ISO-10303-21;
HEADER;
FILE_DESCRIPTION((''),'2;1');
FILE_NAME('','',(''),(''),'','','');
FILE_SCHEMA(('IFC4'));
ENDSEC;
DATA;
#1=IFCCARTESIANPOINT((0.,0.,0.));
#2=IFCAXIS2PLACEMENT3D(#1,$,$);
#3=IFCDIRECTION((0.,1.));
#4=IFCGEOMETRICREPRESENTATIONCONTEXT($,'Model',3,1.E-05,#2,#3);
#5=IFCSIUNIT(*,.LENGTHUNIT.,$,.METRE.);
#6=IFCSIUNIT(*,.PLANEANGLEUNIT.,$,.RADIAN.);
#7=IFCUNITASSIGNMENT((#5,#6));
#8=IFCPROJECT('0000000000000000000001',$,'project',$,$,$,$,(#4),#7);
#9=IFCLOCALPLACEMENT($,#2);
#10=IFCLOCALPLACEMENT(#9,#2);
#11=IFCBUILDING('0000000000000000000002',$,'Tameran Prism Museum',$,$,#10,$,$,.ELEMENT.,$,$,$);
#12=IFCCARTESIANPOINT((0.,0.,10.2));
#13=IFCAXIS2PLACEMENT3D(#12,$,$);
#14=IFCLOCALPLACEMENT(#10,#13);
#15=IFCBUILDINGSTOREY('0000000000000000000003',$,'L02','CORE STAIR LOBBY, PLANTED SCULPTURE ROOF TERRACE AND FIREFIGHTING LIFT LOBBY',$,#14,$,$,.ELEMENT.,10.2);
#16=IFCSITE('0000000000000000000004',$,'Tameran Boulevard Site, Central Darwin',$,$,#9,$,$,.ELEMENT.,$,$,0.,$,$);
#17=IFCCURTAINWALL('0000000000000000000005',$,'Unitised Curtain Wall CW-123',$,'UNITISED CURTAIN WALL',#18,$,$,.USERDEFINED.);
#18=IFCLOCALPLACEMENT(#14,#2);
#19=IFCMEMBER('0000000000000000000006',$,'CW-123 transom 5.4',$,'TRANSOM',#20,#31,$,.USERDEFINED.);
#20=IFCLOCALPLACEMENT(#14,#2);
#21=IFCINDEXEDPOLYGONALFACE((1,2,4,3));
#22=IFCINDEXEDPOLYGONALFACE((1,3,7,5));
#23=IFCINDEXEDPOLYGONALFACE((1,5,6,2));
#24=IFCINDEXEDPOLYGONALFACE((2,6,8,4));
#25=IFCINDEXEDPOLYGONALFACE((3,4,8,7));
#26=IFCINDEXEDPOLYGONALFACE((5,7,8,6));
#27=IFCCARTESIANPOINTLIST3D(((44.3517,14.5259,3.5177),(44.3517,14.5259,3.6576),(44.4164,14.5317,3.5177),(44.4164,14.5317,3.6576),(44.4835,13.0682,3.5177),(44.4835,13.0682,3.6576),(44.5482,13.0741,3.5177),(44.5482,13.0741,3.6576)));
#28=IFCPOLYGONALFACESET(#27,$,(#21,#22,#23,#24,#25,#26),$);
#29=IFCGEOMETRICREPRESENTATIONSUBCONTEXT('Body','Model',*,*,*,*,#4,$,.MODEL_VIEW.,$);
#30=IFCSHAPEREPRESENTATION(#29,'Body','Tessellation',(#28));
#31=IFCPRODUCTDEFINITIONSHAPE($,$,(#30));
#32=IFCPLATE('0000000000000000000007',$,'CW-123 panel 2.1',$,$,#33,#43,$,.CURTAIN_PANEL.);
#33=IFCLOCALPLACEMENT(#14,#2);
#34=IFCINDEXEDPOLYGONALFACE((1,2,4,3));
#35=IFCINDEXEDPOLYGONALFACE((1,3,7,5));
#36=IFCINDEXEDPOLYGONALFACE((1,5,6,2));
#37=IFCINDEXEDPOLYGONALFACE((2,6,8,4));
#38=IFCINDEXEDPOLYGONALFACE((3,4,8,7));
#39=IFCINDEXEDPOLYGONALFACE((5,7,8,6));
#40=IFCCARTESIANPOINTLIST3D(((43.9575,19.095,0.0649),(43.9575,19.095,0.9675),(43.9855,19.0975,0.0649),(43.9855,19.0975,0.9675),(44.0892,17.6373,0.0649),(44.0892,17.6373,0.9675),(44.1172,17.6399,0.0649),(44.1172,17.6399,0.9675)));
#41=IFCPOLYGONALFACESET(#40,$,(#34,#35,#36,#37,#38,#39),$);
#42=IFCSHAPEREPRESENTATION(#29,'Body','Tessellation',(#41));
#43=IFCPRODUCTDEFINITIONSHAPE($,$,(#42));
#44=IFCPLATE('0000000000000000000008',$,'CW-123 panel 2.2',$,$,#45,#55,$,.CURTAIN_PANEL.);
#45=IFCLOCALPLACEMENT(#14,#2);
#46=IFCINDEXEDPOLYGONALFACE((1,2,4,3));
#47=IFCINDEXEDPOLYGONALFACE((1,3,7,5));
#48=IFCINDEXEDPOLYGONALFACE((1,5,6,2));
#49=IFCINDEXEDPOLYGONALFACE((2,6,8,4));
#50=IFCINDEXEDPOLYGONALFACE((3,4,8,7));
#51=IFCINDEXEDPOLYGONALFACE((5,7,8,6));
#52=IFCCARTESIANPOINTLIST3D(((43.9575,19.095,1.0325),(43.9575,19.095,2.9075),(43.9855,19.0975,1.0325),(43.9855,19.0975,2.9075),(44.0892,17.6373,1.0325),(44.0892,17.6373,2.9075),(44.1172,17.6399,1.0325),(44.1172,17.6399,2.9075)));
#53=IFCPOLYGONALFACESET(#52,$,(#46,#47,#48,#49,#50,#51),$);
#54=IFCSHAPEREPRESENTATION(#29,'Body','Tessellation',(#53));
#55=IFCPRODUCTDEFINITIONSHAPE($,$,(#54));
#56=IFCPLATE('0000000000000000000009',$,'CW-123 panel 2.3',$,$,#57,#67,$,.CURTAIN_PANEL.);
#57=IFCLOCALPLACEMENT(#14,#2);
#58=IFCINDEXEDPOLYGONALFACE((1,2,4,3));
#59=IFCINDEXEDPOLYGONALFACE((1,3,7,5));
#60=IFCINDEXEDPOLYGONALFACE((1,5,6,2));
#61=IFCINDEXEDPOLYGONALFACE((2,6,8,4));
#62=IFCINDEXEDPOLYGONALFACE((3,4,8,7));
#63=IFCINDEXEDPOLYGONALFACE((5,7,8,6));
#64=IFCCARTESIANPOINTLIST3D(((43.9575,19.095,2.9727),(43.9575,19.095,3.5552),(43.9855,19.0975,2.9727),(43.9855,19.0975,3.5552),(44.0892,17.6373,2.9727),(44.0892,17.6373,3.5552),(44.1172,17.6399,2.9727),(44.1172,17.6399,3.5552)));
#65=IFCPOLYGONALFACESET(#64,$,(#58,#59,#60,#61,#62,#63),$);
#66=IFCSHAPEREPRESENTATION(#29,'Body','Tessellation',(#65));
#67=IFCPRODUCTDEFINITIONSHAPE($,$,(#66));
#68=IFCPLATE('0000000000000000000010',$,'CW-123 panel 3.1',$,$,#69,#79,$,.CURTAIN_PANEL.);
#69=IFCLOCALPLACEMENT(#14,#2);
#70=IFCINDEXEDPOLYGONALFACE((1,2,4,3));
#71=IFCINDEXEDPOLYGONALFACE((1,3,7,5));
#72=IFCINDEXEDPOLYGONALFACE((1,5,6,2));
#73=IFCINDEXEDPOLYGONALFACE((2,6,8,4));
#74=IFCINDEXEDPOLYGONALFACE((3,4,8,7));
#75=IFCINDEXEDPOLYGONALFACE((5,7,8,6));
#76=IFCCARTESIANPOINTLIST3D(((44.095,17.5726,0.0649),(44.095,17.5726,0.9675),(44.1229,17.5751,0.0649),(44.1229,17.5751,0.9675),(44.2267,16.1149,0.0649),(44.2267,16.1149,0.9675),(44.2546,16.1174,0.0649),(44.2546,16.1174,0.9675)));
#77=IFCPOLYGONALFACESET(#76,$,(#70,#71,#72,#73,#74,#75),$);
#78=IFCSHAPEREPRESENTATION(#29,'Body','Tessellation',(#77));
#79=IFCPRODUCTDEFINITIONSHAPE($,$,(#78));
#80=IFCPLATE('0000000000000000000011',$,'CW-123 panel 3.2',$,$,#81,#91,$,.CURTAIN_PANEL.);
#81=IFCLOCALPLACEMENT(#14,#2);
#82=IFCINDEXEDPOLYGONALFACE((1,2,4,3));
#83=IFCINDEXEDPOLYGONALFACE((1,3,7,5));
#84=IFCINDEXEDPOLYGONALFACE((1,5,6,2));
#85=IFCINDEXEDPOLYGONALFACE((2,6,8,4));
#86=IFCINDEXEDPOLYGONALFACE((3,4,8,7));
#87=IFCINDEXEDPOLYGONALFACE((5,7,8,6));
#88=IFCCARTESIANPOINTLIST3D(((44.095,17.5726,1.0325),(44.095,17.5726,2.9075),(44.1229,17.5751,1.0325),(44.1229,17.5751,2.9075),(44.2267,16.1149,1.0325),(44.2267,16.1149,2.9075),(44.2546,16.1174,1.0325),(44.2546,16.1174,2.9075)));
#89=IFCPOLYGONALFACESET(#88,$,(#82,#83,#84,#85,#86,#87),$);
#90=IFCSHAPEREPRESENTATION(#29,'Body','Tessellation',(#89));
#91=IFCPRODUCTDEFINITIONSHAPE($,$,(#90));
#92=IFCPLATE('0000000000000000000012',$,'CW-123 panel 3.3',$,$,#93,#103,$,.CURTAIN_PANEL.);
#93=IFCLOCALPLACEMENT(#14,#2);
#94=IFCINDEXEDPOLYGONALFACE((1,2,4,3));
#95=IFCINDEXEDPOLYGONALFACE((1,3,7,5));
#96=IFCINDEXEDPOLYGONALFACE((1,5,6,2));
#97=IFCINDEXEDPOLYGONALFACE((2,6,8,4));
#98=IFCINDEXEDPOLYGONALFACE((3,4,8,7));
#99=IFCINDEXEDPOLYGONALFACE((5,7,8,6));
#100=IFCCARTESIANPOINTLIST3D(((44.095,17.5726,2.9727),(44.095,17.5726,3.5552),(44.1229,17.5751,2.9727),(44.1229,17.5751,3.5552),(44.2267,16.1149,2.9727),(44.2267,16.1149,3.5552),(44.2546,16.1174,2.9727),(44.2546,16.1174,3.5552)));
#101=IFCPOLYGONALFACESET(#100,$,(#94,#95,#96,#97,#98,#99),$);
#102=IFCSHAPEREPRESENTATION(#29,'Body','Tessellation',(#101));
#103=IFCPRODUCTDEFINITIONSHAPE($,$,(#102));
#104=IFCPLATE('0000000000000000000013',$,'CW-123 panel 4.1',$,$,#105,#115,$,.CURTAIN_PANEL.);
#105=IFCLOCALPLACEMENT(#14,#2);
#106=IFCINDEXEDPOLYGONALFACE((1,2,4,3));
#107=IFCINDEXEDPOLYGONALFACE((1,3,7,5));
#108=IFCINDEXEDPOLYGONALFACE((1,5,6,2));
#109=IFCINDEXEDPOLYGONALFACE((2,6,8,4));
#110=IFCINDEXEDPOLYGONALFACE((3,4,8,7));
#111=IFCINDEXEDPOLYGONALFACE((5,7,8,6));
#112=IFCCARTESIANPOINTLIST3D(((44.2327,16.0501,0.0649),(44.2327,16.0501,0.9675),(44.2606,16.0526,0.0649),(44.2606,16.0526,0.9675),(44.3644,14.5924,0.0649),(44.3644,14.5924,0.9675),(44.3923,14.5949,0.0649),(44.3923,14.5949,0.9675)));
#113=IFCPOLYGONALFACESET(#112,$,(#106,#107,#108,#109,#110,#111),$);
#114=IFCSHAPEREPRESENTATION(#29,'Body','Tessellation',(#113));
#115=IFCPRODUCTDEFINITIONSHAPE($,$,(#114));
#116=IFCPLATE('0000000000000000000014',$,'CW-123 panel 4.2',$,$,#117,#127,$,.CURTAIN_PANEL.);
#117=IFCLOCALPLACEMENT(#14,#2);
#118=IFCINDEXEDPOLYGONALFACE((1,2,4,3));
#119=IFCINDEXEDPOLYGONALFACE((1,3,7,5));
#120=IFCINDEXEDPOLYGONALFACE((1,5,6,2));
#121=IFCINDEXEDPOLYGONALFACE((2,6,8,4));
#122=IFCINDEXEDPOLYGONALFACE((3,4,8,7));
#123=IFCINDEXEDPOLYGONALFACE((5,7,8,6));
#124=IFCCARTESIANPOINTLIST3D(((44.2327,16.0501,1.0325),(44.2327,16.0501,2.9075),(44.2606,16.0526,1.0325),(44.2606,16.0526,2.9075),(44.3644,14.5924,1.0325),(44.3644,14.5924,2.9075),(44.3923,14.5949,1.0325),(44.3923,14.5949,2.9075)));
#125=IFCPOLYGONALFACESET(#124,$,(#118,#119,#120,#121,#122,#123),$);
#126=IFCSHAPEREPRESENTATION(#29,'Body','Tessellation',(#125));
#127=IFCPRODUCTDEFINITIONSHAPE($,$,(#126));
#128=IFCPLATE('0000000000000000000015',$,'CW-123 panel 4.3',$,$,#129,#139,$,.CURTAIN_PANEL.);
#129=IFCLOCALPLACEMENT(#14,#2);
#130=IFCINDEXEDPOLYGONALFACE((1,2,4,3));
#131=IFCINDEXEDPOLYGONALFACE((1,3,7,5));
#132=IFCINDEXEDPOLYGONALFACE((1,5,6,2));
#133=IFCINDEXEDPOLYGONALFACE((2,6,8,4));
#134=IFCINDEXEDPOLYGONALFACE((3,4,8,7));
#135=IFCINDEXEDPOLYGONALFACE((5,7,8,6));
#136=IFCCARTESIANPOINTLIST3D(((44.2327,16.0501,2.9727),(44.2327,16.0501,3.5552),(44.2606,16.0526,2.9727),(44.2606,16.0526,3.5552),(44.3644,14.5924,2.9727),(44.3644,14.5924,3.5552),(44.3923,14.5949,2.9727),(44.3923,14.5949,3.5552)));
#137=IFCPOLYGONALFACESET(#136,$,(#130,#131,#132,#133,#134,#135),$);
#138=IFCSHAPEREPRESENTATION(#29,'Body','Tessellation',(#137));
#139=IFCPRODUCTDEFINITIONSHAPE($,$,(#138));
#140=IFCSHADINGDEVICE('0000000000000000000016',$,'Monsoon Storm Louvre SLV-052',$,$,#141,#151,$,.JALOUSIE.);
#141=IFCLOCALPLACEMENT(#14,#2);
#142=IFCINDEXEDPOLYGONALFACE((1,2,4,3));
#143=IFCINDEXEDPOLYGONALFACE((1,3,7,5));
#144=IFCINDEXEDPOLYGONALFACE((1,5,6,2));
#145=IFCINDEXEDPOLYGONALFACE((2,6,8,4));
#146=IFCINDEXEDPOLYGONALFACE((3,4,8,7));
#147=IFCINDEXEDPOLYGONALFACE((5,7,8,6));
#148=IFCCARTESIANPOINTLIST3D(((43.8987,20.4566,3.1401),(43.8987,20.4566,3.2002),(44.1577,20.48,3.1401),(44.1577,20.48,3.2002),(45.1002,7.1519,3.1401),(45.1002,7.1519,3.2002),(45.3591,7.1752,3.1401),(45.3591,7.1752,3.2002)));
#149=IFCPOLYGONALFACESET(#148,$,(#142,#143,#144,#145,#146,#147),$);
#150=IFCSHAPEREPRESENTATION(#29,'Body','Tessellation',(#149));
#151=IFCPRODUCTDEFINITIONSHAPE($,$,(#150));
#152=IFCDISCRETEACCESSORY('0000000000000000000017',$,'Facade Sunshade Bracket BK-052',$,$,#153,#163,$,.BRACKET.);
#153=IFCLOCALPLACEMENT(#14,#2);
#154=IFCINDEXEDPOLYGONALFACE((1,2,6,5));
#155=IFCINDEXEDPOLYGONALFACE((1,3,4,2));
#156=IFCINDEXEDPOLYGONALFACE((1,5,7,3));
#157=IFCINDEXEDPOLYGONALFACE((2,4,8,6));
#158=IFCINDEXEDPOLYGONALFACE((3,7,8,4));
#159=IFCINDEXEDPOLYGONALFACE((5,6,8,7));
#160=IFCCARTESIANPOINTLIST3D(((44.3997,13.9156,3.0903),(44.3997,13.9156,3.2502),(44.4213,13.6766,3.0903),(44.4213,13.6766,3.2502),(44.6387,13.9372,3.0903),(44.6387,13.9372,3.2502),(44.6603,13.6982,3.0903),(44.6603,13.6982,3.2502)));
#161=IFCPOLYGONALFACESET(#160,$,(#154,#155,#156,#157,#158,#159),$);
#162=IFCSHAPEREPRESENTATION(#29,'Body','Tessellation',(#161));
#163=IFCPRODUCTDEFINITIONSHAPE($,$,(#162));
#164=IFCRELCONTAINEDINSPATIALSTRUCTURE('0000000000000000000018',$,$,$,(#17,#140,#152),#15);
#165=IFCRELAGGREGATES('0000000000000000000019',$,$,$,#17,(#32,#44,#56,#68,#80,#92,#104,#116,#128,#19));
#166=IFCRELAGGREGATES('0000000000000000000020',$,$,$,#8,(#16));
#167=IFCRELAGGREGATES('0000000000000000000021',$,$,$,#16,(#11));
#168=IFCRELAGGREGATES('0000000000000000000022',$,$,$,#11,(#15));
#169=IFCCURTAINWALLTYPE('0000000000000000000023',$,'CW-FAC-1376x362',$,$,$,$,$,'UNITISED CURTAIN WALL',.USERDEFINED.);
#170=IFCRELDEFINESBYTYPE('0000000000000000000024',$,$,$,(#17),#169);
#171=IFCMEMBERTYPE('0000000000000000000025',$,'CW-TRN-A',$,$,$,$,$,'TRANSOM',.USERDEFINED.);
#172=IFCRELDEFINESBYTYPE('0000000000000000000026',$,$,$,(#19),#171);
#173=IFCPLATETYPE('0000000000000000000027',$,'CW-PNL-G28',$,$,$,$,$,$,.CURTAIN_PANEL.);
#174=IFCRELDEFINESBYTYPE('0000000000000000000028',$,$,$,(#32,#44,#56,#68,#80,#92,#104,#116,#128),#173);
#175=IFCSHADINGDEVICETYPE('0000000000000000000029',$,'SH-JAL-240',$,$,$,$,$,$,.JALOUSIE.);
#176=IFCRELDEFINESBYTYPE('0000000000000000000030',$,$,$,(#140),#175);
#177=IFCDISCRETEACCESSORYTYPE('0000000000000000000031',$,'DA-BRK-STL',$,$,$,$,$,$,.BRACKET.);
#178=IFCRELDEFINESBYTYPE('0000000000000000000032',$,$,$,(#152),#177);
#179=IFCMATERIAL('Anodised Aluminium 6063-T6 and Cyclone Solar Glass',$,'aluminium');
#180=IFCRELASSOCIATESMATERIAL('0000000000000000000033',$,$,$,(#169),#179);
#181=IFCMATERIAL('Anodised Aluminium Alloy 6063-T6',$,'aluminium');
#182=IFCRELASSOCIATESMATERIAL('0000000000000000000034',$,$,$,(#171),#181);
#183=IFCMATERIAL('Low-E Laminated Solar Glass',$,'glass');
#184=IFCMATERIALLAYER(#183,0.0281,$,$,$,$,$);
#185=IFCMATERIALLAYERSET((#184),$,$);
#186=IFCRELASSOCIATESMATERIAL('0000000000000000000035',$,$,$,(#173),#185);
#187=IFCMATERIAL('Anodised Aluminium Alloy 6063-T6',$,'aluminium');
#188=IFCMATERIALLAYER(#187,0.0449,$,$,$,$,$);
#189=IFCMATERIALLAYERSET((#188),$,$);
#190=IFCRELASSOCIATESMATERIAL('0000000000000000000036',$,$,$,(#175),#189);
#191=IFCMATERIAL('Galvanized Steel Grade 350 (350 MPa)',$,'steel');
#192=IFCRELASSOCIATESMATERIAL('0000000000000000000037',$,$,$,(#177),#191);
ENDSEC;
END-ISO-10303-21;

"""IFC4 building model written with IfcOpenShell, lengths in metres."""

from ifc_helpers import new_model, si_unit, direction, frame, origin, origin_2d, place, context, subcontext, project, spatial, rectangle, extrude, material, layer, layer_set, material_profile, profile_set, type_object, element, aggregate, save


model = new_model("IFC4")

# Units and contexts
model_context = context("Model", 3, precision=1e-05, world=origin(), true_north=direction((0.0, 1.0)))
body_context = subcontext(model_context, "Body", "Model", "MODEL_VIEW")
ifc_project = project(units=[si_unit("LENGTHUNIT", "METRE"), si_unit("PLANEANGLEUNIT", "RADIAN")], contexts=[model_context])

# Site, building, storey
site_placement = place(None, origin())
site = spatial("IfcSite", under=ifc_project, at=site_placement, Name="Tameran Boulevard Site, Central Darwin", CompositionType="ELEMENT", RefElevation=0.0)
building_placement = place(site_placement, origin())
building = spatial("IfcBuilding", under=site, at=building_placement, Name="Tameran Prism Museum", CompositionType="ELEMENT")
storey_placement = place(building_placement, frame((0.0, 0.0, 10.2)))
storey = spatial("IfcBuildingStorey", under=building, at=storey_placement, Name="L02", Description="CORE STAIR LOBBY, PLANTED SCULPTURE ROOF TERRACE AND FIREFIGHTING LIFT LOBBY", CompositionType="ELEMENT", Elevation=10.2)

# Curtain wall, member, plates
ifc_material_1 = material(Name="Anodised Aluminium 6063-T6 and Cyclone Solar Glass", Category="aluminium")
curtain_wall_type = type_object("IfcCurtainWallType", Name="CW-FAC-1376x362", ElementType="UNITISED CURTAIN WALL", PredefinedType="USERDEFINED", material=ifc_material_1)
curtain_wall_placement = place(storey_placement, origin())
curtain_wall = element("IfcCurtainWall", 1, at=curtain_wall_placement, inside=storey, type_object=curtain_wall_type, Name="Unitised Curtain Wall CW-123", ObjectType="UNITISED CURTAIN WALL", PredefinedType="USERDEFINED")
ifc_material_2 = material(Name="Anodised Aluminium Alloy 6063-T6", Category="aluminium")
ifc_material_profile_1 = material_profile(ifc_material_2, rectangle(XDim=0.0649, YDim=0.1399, at=origin_2d()))
ifc_profile_set_1 = profile_set([ifc_material_profile_1])
member_type_1 = type_object("IfcMemberType", Name="CW-TRN-A", ElementType="TRANSOM", PredefinedType="USERDEFINED", material=ifc_profile_set_1)
member_1_placement = place(storey_placement, frame((44.384, 14.5288, 3.5876), z_axis=(0.09007, -0.995935, 0.0), x_axis=(0.995935, 0.09007, 0.0)))
member_1 = element("IfcMember", 2, at=member_1_placement, type_object=member_type_1, Name="CW-123 transom 5.4", ObjectType="TRANSOM", PredefinedType="USERDEFINED", context=body_context, shape_type="SweptSolid", body=[
    extrude(rectangle(XDim=0.0649, YDim=0.1399, at=origin_2d()), origin(), (0.0, 0.0, 1.0), 1.4636),
])
ifc_material_3 = material(Name="Low-E Laminated Solar Glass", Category="glass")
ifc_layer_1 = layer(ifc_material_3, 0.0281)
ifc_layer_set_1 = layer_set([ifc_layer_1])
plate_type = type_object("IfcPlateType", Name="CW-PNL-G28", PredefinedType="CURTAIN_PANEL", material=ifc_layer_set_1)
plate_1_placement = place(storey_placement, frame((44.0374, 18.3674, 0.0649), z_axis=(0.0, 0.0, 1.0), x_axis=(0.089985, -0.995943, 0.0)))
plate_1 = element("IfcPlate", 3, at=plate_1_placement, type_object=plate_type, Name="CW-123 panel 2.1", PredefinedType="CURTAIN_PANEL", context=body_context, shape_type="SweptSolid", body=[
    extrude(rectangle(XDim=1.4636, YDim=0.0281, at=origin_2d()), origin(), (0.0, 0.0, 1.0), 0.9026),
])
plate_2_placement = place(storey_placement, frame((44.0374, 18.3674, 1.0325), z_axis=(0.0, 0.0, 1.0), x_axis=(0.089985, -0.995943, 0.0)))
plate_2 = element("IfcPlate", 4, at=plate_2_placement, type_object=plate_type, Name="CW-123 panel 2.2", PredefinedType="CURTAIN_PANEL", context=body_context, shape_type="SweptSolid", body=[
    extrude(rectangle(XDim=1.4636, YDim=0.0281, at=origin_2d()), origin(), (0.0, 0.0, 1.0), 1.875),
])
plate_3_placement = place(storey_placement, frame((44.0374, 18.3674, 2.9727), z_axis=(0.0, 0.0, 1.0), x_axis=(0.089985, -0.995943, 0.0)))
plate_3 = element("IfcPlate", 5, at=plate_3_placement, type_object=plate_type, Name="CW-123 panel 2.3", PredefinedType="CURTAIN_PANEL", context=body_context, shape_type="SweptSolid", body=[
    extrude(rectangle(XDim=1.4636, YDim=0.0281, at=origin_2d()), origin(), (0.0, 0.0, 1.0), 0.5825),
])
plate_4_placement = place(storey_placement, frame((44.1748, 16.845, 0.0649), z_axis=(0.0, 0.0, 1.0), x_axis=(0.089985, -0.995943, 0.0)))
plate_4 = element("IfcPlate", 6, at=plate_4_placement, type_object=plate_type, Name="CW-123 panel 3.1", PredefinedType="CURTAIN_PANEL", context=body_context, shape_type="SweptSolid", body=[
    extrude(rectangle(XDim=1.4636, YDim=0.0281, at=origin_2d()), origin(), (0.0, 0.0, 1.0), 0.9026),
])
plate_5_placement = place(storey_placement, frame((44.1748, 16.845, 1.0325), z_axis=(0.0, 0.0, 1.0), x_axis=(0.089985, -0.995943, 0.0)))
plate_5 = element("IfcPlate", 7, at=plate_5_placement, type_object=plate_type, Name="CW-123 panel 3.2", PredefinedType="CURTAIN_PANEL", context=body_context, shape_type="SweptSolid", body=[
    extrude(rectangle(XDim=1.4636, YDim=0.0281, at=origin_2d()), origin(), (0.0, 0.0, 1.0), 1.875),
])
plate_6_placement = place(storey_placement, frame((44.1748, 16.845, 2.9727), z_axis=(0.0, 0.0, 1.0), x_axis=(0.089985, -0.995943, 0.0)))
plate_6 = element("IfcPlate", 8, at=plate_6_placement, type_object=plate_type, Name="CW-123 panel 3.3", PredefinedType="CURTAIN_PANEL", context=body_context, shape_type="SweptSolid", body=[
    extrude(rectangle(XDim=1.4636, YDim=0.0281, at=origin_2d()), origin(), (0.0, 0.0, 1.0), 0.5825),
])
plate_7_placement = place(storey_placement, frame((44.3125, 15.3225, 0.0649), z_axis=(0.0, 0.0, 1.0), x_axis=(0.089985, -0.995943, 0.0)))
plate_7 = element("IfcPlate", 9, at=plate_7_placement, type_object=plate_type, Name="CW-123 panel 4.1", PredefinedType="CURTAIN_PANEL", context=body_context, shape_type="SweptSolid", body=[
    extrude(rectangle(XDim=1.4636, YDim=0.0281, at=origin_2d()), origin(), (0.0, 0.0, 1.0), 0.9026),
])
plate_8_placement = place(storey_placement, frame((44.3125, 15.3225, 1.0325), z_axis=(0.0, 0.0, 1.0), x_axis=(0.089985, -0.995943, 0.0)))
plate_8 = element("IfcPlate", 10, at=plate_8_placement, type_object=plate_type, Name="CW-123 panel 4.2", PredefinedType="CURTAIN_PANEL", context=body_context, shape_type="SweptSolid", body=[
    extrude(rectangle(XDim=1.4636, YDim=0.0281, at=origin_2d()), origin(), (0.0, 0.0, 1.0), 1.875),
])
plate_9_placement = place(storey_placement, frame((44.3125, 15.3225, 2.9727), z_axis=(0.0, 0.0, 1.0), x_axis=(0.089985, -0.995943, 0.0)))
plate_9 = element("IfcPlate", 11, at=plate_9_placement, type_object=plate_type, Name="CW-123 panel 4.3", PredefinedType="CURTAIN_PANEL", context=body_context, shape_type="SweptSolid", body=[
    extrude(rectangle(XDim=1.4636, YDim=0.0281, at=origin_2d()), origin(), (0.0, 0.0, 1.0), 0.5825),
])
aggregate(curtain_wall, [plate_1, plate_2, plate_3, plate_4, plate_5, plate_6, plate_7, plate_8, plate_9, member_1])

# Shading device
ifc_material_4 = material(Name="Anodised Aluminium Alloy 6063-T6", Category="aluminium")
ifc_layer_2 = layer(ifc_material_4, 0.0449)
ifc_layer_set_2 = layer_set([ifc_layer_2])
shading_device_type = type_object("IfcShadingDeviceType", Name="SH-JAL-240", PredefinedType="JALOUSIE", material=ifc_layer_set_2)
shading_device_placement = place(storey_placement, frame((44.6289, 13.8159, 3.1401), z_axis=(0.0, 0.0, 1.0), x_axis=(0.089937, -0.995947, 0.0)))
element("IfcShadingDevice", 12, at=shading_device_placement, inside=storey, type_object=shading_device_type, Name="Monsoon Storm Louvre SLV-052", PredefinedType="JALOUSIE", context=body_context, shape_type="SweptSolid", body=[
    extrude(rectangle(XDim=13.3589, YDim=0.26, at=origin_2d()), origin(), (0.0, 0.0, 1.0), 0.0601),
])

# Discrete accessory
ifc_material_5 = material(Name="Galvanized Steel Grade 350 (350 MPa)", Category="steel")
discrete_accessory_type = type_object("IfcDiscreteAccessoryType", Name="DA-BRK-STL", PredefinedType="BRACKET", material=ifc_material_5)
discrete_accessory_placement = place(storey_placement, frame((44.53, 13.8069, 3.0903), z_axis=(0.0, 0.0, 1.0), x_axis=(0.089937, -0.995947, 0.0)))
element("IfcDiscreteAccessory", 13, at=discrete_accessory_placement, inside=storey, type_object=discrete_accessory_type, Name="Facade Sunshade Bracket BK-052", PredefinedType="BRACKET", context=body_context, shape_type="SweptSolid", body=[
    extrude(rectangle(XDim=0.24, YDim=0.24, at=origin_2d()), origin(), (0.0, 0.0, 1.0), 0.1599),
])

save(model, "model.ifc")
